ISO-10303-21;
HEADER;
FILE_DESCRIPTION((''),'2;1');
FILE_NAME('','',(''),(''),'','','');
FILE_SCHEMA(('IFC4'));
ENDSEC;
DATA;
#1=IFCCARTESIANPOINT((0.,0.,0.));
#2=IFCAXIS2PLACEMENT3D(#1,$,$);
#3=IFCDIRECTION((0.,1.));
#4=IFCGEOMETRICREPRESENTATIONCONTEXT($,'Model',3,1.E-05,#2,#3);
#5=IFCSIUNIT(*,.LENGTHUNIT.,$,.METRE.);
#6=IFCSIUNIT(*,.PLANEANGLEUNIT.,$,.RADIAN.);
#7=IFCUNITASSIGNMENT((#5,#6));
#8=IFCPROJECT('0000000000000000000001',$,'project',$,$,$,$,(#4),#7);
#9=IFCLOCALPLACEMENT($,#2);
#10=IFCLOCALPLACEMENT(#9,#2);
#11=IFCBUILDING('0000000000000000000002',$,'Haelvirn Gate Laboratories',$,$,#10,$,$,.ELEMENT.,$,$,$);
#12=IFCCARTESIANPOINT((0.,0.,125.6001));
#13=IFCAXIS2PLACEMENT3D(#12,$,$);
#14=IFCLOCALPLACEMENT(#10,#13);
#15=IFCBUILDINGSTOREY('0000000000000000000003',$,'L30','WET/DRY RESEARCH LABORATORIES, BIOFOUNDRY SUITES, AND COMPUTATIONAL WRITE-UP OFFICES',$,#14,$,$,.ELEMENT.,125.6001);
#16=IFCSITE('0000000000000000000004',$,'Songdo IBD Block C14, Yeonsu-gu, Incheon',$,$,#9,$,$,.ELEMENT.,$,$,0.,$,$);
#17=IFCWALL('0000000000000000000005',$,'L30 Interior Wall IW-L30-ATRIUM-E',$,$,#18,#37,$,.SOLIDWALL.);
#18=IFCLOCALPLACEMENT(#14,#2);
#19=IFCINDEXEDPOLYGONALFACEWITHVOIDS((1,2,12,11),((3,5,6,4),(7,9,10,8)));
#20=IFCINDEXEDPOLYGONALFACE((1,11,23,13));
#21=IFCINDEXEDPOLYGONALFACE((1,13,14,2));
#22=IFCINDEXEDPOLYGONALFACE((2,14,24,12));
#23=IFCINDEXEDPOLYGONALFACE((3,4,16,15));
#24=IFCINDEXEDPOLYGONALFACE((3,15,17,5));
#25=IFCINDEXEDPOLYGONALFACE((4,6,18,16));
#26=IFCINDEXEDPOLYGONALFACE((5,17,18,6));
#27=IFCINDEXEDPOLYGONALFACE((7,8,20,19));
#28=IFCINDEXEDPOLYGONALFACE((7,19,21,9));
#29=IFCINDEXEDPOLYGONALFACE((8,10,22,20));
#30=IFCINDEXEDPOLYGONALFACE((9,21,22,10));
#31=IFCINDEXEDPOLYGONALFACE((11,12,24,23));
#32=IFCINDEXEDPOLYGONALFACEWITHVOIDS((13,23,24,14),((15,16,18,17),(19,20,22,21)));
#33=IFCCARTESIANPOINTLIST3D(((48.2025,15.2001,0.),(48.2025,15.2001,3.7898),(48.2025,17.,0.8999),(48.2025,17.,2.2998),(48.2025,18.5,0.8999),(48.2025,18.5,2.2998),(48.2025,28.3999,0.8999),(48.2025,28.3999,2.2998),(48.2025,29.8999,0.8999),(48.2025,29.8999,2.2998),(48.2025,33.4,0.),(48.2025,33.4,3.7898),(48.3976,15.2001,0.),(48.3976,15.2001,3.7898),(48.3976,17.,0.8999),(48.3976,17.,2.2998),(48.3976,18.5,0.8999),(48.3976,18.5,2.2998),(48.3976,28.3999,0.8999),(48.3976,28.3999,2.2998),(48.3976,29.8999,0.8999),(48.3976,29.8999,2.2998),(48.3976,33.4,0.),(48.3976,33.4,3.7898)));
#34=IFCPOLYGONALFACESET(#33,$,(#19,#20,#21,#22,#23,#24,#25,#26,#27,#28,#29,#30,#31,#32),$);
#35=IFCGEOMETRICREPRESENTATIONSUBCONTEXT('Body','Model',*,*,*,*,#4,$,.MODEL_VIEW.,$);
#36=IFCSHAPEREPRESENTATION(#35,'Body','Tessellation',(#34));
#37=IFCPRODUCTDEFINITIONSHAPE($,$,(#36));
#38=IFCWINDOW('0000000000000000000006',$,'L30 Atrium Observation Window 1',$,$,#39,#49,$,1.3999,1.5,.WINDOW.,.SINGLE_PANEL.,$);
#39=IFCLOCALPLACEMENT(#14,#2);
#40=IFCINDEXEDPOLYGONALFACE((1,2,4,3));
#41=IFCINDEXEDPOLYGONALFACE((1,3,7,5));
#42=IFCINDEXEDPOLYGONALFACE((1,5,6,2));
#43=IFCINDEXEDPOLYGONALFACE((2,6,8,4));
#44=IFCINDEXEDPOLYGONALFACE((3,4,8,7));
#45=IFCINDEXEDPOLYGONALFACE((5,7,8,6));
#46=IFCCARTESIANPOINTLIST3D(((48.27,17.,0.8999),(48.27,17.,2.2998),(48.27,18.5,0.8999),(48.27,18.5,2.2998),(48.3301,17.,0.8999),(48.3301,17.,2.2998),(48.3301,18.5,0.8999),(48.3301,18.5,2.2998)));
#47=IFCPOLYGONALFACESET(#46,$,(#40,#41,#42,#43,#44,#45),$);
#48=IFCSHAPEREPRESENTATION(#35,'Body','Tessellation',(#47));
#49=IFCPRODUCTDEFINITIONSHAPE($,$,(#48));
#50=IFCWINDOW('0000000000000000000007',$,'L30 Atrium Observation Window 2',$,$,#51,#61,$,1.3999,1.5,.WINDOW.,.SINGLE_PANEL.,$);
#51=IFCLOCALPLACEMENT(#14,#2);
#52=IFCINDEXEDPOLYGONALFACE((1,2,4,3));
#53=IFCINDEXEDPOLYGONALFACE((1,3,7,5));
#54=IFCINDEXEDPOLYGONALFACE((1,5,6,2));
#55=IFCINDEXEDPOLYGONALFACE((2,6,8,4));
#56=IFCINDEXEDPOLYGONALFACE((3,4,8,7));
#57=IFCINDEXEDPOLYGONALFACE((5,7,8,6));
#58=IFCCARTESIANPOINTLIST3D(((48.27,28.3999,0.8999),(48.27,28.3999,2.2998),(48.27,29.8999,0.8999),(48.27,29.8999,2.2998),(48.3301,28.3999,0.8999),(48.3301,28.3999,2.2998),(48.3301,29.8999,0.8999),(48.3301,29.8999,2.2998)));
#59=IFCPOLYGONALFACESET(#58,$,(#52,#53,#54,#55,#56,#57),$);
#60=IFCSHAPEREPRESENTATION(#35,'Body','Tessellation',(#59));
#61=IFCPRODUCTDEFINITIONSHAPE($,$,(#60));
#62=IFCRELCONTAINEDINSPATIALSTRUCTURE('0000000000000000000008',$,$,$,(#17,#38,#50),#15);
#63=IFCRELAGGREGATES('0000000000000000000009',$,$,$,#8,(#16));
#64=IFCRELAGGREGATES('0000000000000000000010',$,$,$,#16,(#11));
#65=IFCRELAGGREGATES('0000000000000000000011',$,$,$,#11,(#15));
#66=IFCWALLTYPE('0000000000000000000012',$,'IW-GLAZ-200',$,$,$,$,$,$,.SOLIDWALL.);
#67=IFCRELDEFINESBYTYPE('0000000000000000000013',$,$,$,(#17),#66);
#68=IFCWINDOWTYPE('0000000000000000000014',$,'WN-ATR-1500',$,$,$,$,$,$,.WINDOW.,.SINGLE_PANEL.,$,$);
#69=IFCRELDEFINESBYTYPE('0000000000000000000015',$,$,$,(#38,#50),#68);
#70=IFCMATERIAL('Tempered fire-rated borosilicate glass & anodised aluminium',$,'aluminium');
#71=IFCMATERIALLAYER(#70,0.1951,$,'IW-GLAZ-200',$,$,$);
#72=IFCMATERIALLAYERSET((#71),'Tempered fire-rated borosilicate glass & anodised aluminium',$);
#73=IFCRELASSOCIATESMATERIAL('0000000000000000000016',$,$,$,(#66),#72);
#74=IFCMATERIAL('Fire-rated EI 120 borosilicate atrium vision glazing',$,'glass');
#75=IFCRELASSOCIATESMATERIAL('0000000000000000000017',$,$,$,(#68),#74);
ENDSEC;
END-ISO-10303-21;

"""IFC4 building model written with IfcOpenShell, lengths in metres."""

from ifc_helpers import new_model, si_unit, direction, frame, frame_2d, origin, place, context, subcontext, project, spatial, rectangle, extrude, source, transform, mapped, material, layer, layer_set, type_object, type_shapes, element, fill, save


model = new_model("IFC4")

# Units and contexts
model_context = context("Model", 3, precision=1e-05, world=origin(), true_north=direction((0.0, 1.0)))
body_context = subcontext(model_context, "Body", "Model", "MODEL_VIEW")
ifc_project = project(units=[si_unit("LENGTHUNIT", "METRE"), si_unit("PLANEANGLEUNIT", "RADIAN")], contexts=[model_context])

# Site, building, storey
site_placement = place(None, origin())
site = spatial("IfcSite", under=ifc_project, at=site_placement, Name="Songdo IBD Block C14, Yeonsu-gu, Incheon", CompositionType="ELEMENT", RefElevation=0.0)
building_placement = place(site_placement, origin())
building = spatial("IfcBuilding", under=site, at=building_placement, Name="Haelvirn Gate Laboratories", CompositionType="ELEMENT")
storey_placement = place(building_placement, frame((0.0, 0.0, 125.6001)))
storey = spatial("IfcBuildingStorey", under=building, at=storey_placement, Name="L30", Description="WET/DRY RESEARCH LABORATORIES, BIOFOUNDRY SUITES, AND COMPUTATIONAL WRITE-UP OFFICES", CompositionType="ELEMENT", Elevation=125.6001)

# Wall, openings, windows
ifc_material_1 = material(Name="Tempered fire-rated borosilicate glass & anodised aluminium", Category="aluminium")
ifc_layer_1 = layer(ifc_material_1, 0.1951, Name="IW-GLAZ-200")
ifc_layer_set_1 = layer_set([ifc_layer_1], Name="Tempered fire-rated borosilicate glass & anodised aluminium")
wall_type_1 = type_object("IfcWallType", Name="IW-GLAZ-200", PredefinedType="SOLIDWALL", material=ifc_layer_set_1)
wall_1_placement = place(storey_placement, frame((48.3, 15.2, 0.0), z_axis=(0.0, 0.0, 1.0), x_axis=(0.0, 1.0, 0.0)))
wall_1 = element("IfcWall", 1, at=wall_1_placement, inside=storey, type_object=wall_type_1, Name="L30 Interior Wall IW-L30-ATRIUM-E", PredefinedType="SOLIDWALL", context=body_context, shape_type="SweptSolid", body=[
    extrude(rectangle(XDim=18.2, YDim=0.1951, at=frame_2d((9.1001, 0.0))), origin(), (0.0, 0.0, 1.0), 3.7898),
])
opening_1_placement = place(wall_1_placement, frame((1.8, 0.0, 0.8999)))
opening_1 = element("IfcOpeningElement", 2, at=opening_1_placement, cuts=wall_1, PredefinedType="OPENING", context=body_context, shape_type="SweptSolid", body=[
    extrude(rectangle(XDim=1.5, YDim=1.3999, at=frame_2d((0.75, 0.7))), frame((0.0, 0.1074, 0.0), z_axis=(0.0, -1.0, 0.0), x_axis=(1.0, 0.0, 0.0)), (0.0, 0.0, 1.0), 0.2151),
])
opening_2_placement = place(wall_1_placement, frame((13.2, 0.0, 0.8999)))
opening_2 = element("IfcOpeningElement", 3, at=opening_2_placement, cuts=wall_1, PredefinedType="OPENING", context=body_context, shape_type="SweptSolid", body=[
    extrude(rectangle(XDim=1.5, YDim=1.3999, at=frame_2d((0.75, 0.7))), frame((0.0, 0.1074, 0.0), z_axis=(0.0, -1.0, 0.0), x_axis=(1.0, 0.0, 0.0)), (0.0, 0.0, 1.0), 0.2151),
])
ifc_material_2 = material(Name="Fire-rated EI 120 borosilicate atrium vision glazing", Category="glass")
window_type = type_object("IfcWindowType", Name="WN-ATR-1500", PartitioningType="SINGLE_PANEL", PredefinedType="WINDOW", material=ifc_material_2)
shared_shape_1 = source(origin(), body_context, "Body", "SweptSolid", [
    extrude(rectangle(XDim=1.5, YDim=1.3999, at=frame_2d((0.75, 0.7))), frame((0.0, 0.03, 0.0), z_axis=(0.0, -1.0, 0.0), x_axis=(1.0, 0.0, 0.0)), (0.0, 0.0, 1.0), 0.0601),
])
type_shapes(window_type, [shared_shape_1])
window_1_placement = place(opening_1_placement, origin())
window_1 = element("IfcWindow", 4, at=window_1_placement, inside=storey, type_object=window_type, Name="L30 Atrium Observation Window 1", OverallHeight=1.3999, OverallWidth=1.5, PartitioningType="SINGLE_PANEL", PredefinedType="WINDOW", context=body_context, shape_type="MappedRepresentation", body=[
    mapped(shared_shape_1, transform((0.0, 0.0, 0.0), scale=1.0)),
])
fill(opening_1, window_1)
window_2_placement = place(opening_2_placement, origin())
window_2 = element("IfcWindow", 5, at=window_2_placement, inside=storey, type_object=window_type, Name="L30 Atrium Observation Window 2", OverallHeight=1.3999, OverallWidth=1.5, PartitioningType="SINGLE_PANEL", PredefinedType="WINDOW", context=body_context, shape_type="MappedRepresentation", body=[
    mapped(shared_shape_1, transform((0.0, 0.0, 0.0), scale=1.0)),
])
fill(opening_2, window_2)

save(model, "model.ifc")
